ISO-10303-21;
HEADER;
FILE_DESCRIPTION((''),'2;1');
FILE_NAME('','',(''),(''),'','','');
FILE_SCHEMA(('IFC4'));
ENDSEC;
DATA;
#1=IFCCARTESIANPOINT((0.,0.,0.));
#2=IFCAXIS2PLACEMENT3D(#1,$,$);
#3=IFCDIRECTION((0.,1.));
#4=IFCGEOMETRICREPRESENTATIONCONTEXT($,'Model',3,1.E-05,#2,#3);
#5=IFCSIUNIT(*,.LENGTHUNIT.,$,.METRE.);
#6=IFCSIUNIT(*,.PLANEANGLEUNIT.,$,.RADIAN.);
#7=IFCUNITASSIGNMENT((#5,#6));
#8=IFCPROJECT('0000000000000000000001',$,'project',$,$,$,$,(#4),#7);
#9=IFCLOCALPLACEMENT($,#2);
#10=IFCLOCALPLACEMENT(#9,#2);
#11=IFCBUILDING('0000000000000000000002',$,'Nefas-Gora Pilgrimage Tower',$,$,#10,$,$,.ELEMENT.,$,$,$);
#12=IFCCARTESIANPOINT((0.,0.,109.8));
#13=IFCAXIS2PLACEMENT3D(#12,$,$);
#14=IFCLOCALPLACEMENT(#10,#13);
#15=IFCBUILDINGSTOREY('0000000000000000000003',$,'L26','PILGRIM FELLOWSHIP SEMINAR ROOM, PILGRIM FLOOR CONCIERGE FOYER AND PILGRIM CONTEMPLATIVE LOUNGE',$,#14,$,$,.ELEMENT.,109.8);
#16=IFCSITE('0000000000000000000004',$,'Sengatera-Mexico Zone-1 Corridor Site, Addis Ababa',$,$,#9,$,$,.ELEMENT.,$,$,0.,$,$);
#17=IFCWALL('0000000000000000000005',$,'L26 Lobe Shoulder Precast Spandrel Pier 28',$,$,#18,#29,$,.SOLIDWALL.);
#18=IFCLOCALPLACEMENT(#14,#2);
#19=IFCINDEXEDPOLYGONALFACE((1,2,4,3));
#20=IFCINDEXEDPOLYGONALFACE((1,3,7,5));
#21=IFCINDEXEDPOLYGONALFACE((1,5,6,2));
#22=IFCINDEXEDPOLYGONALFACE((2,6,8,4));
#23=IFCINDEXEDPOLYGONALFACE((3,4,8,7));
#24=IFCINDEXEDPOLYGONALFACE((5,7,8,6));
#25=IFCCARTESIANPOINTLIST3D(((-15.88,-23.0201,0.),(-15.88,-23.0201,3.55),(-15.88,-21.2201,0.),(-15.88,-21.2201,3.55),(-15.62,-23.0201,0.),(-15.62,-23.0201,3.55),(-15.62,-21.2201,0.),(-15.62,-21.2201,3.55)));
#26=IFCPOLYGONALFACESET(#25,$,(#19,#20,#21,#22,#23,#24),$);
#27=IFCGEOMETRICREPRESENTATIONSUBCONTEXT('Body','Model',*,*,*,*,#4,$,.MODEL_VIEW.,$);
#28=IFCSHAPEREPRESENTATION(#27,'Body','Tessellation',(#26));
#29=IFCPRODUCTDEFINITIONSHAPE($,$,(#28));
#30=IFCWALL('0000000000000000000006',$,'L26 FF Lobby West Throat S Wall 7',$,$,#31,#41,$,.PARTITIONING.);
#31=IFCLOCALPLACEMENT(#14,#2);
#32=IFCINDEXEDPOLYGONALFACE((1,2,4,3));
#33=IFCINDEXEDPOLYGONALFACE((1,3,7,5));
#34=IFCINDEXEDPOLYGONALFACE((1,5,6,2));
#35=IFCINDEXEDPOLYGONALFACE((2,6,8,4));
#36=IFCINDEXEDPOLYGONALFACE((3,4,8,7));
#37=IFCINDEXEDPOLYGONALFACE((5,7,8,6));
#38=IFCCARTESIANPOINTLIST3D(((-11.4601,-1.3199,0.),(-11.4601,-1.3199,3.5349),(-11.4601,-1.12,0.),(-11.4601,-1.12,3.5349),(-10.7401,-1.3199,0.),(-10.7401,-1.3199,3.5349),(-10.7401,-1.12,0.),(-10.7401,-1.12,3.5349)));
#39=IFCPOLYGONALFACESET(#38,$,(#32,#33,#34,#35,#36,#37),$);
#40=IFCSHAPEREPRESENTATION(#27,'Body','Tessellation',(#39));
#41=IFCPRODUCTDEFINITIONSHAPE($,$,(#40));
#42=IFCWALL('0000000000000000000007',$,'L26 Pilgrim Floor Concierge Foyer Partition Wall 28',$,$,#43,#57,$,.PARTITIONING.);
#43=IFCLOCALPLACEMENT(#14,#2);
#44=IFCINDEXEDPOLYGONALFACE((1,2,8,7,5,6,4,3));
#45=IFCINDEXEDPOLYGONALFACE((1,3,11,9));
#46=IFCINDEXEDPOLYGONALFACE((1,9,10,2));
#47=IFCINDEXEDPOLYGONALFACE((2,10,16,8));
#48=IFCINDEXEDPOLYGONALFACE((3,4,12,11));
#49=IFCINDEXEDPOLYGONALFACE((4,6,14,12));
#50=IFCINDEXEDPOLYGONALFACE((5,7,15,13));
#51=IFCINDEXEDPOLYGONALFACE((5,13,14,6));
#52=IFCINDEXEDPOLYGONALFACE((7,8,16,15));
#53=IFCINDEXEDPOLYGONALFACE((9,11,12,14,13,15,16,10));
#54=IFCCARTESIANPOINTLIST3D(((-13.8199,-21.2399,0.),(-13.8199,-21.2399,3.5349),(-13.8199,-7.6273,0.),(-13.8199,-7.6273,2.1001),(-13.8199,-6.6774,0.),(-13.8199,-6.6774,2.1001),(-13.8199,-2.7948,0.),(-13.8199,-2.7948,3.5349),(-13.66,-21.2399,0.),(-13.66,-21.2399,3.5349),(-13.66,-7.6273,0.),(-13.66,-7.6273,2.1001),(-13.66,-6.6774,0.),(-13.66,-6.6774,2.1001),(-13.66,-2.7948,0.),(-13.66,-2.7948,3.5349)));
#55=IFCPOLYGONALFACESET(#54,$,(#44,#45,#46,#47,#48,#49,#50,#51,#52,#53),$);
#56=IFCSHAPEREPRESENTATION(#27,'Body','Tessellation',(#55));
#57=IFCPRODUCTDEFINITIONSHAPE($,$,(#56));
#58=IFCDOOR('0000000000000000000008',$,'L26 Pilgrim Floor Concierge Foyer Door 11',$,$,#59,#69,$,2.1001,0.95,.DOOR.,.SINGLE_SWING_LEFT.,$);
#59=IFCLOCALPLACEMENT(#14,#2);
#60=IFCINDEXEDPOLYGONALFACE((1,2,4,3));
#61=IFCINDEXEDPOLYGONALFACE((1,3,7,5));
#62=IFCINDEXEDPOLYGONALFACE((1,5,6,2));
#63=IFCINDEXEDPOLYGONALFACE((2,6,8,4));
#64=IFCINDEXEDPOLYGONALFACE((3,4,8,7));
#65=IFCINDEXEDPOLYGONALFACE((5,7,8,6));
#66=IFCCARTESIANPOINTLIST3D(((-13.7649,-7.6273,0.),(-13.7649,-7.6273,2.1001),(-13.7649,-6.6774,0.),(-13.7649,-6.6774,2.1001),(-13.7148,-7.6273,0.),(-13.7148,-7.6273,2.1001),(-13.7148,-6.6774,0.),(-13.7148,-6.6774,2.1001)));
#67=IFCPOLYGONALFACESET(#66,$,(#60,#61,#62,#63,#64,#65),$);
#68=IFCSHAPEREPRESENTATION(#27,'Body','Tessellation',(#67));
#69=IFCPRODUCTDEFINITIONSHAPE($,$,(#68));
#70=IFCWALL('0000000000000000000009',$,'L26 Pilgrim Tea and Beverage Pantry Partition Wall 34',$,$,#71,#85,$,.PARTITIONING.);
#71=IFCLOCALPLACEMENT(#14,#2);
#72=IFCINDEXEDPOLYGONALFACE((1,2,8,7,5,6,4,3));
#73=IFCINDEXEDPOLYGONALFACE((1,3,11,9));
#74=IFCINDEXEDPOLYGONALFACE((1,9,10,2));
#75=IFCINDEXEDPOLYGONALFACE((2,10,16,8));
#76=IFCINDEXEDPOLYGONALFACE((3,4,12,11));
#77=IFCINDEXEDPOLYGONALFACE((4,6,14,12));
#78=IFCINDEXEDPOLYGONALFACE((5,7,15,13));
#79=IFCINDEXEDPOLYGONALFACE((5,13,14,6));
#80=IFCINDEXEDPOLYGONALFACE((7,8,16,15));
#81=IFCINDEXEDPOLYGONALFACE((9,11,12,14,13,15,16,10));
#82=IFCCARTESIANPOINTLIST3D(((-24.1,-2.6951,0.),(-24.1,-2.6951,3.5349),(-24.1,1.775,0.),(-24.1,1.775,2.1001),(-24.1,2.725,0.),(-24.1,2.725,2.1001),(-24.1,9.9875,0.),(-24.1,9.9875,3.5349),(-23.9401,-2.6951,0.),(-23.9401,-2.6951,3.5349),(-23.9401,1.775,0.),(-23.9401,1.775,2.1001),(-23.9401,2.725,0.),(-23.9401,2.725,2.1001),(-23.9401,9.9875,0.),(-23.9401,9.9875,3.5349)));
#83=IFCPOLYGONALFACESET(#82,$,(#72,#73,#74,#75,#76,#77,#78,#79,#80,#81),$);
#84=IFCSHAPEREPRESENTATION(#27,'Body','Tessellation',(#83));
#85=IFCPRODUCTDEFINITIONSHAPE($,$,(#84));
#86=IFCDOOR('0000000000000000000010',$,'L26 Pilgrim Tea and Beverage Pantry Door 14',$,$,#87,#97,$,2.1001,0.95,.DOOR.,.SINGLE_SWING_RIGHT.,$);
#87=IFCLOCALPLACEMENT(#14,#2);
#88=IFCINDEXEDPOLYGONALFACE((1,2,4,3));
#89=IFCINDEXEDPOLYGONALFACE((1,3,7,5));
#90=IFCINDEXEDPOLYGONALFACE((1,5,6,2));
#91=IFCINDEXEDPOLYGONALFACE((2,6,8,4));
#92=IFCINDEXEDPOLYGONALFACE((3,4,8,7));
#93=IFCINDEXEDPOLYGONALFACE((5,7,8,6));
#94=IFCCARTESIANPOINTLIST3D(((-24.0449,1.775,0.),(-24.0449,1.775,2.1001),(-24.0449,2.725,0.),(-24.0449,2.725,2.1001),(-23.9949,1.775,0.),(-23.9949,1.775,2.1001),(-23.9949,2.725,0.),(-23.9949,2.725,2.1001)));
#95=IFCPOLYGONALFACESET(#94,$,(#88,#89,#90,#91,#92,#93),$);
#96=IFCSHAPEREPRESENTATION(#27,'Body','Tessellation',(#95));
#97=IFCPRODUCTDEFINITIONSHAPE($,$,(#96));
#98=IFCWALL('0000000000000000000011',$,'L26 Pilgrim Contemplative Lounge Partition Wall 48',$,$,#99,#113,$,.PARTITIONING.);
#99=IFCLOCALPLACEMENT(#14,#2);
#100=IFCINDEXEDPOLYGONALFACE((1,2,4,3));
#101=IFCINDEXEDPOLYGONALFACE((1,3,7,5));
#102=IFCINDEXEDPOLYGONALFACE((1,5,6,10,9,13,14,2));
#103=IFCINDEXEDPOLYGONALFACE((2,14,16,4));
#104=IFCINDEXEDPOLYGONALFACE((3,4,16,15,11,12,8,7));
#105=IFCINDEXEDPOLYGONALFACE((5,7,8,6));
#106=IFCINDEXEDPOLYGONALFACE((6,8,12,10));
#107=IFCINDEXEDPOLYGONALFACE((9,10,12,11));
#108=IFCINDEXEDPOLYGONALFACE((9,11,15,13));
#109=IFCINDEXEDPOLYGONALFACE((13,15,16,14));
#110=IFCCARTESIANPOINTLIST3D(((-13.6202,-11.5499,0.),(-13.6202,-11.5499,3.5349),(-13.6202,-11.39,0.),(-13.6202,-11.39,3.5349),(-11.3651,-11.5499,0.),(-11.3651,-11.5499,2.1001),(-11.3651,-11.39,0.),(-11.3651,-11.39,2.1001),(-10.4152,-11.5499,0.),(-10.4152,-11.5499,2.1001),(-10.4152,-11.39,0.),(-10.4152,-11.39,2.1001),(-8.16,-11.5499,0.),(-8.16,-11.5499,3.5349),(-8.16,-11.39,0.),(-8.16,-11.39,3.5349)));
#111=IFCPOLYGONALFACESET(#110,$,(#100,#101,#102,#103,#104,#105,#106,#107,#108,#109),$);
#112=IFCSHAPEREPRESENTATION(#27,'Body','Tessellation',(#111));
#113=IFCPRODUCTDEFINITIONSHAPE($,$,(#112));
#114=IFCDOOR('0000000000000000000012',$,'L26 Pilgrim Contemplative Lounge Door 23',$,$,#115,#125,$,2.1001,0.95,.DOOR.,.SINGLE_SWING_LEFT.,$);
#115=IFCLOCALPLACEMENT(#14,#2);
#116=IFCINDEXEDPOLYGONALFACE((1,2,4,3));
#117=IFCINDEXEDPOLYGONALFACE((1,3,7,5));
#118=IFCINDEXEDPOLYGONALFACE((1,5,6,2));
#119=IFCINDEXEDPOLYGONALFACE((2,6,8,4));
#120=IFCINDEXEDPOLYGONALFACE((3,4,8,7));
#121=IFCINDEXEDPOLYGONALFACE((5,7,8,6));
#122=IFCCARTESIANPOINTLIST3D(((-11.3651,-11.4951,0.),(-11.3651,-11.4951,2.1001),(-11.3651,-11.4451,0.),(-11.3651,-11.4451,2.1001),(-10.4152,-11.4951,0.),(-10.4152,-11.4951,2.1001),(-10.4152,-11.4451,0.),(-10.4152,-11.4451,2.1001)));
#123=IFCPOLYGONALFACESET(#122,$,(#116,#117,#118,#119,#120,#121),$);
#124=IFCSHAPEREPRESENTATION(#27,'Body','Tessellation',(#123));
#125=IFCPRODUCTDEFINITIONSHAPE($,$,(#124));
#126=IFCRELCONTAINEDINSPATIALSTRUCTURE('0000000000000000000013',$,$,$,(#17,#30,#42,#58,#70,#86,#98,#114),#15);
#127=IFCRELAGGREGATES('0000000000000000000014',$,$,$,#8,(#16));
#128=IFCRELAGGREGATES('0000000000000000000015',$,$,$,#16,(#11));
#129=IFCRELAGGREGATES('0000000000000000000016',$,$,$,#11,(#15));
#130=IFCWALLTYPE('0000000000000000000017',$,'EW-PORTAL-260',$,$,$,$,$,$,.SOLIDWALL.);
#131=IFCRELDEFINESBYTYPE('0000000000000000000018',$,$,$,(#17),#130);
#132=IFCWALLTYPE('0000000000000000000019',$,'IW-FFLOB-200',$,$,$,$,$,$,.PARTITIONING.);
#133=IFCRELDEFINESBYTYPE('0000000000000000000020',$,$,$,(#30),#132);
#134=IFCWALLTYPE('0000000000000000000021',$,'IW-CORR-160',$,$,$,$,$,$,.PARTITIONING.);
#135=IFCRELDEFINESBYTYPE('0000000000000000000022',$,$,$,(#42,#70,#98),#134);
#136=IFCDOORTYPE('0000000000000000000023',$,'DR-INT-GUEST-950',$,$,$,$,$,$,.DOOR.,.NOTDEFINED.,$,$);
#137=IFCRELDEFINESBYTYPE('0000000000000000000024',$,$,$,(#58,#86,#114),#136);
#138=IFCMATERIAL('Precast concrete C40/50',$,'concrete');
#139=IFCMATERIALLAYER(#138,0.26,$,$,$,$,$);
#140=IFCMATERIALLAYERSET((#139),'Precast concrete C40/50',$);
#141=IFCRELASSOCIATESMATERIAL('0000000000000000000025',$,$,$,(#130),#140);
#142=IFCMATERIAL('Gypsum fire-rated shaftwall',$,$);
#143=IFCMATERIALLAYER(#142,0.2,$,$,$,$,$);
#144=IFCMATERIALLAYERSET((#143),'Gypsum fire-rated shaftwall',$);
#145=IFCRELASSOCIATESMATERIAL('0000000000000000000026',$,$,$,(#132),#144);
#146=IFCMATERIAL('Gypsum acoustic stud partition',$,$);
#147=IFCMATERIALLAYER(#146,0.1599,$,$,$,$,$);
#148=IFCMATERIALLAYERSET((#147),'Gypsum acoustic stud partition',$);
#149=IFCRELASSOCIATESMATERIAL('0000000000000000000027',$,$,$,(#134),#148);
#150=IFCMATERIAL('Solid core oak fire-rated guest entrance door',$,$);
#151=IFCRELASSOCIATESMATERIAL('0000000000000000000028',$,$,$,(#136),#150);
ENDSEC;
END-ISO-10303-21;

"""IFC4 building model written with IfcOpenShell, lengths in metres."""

from ifc_helpers import new_model, si_unit, direction, frame, frame_2d, origin, place, context, subcontext, project, spatial, rectangle, extrude, source, transform, mapped, material, layer, layer_set, type_object, element, fill, save


model = new_model("IFC4")

# Units and contexts
model_context = context("Model", 3, precision=1e-05, world=origin(), true_north=direction((0.0, 1.0)))
body_context = subcontext(model_context, "Body", "Model", "MODEL_VIEW")
ifc_project = project(units=[si_unit("LENGTHUNIT", "METRE"), si_unit("PLANEANGLEUNIT", "RADIAN")], contexts=[model_context])

# Site, building, storey
site_placement = place(None, origin())
site = spatial("IfcSite", under=ifc_project, at=site_placement, Name="Sengatera-Mexico Zone-1 Corridor Site, Addis Ababa", CompositionType="ELEMENT", RefElevation=0.0)
building_placement = place(site_placement, origin())
building = spatial("IfcBuilding", under=site, at=building_placement, Name="Nefas-Gora Pilgrimage Tower", CompositionType="ELEMENT")
storey_placement = place(building_placement, frame((0.0, 0.0, 109.8)))
storey = spatial("IfcBuildingStorey", under=building, at=storey_placement, Name="L26", Description="PILGRIM FELLOWSHIP SEMINAR ROOM, PILGRIM FLOOR CONCIERGE FOYER AND PILGRIM CONTEMPLATIVE LOUNGE", CompositionType="ELEMENT", Elevation=109.8)

# Wall
ifc_material_1 = material(Name="Precast concrete C40/50", Category="concrete")
ifc_layer_1 = layer(ifc_material_1, 0.26)
ifc_layer_set_1 = layer_set([ifc_layer_1], Name="Precast concrete C40/50")
wall_type_1 = type_object("IfcWallType", Name="EW-PORTAL-260", PredefinedType="SOLIDWALL", material=ifc_layer_set_1)
shared_shape_1 = source(origin(), body_context, "Body", "SweptSolid", [
    extrude(rectangle(XDim=1.8, YDim=0.26, at=frame_2d((0.8999, 0.0))), origin(), (0.0, 0.0, 1.0), 3.55),
])
wall_1_placement = place(storey_placement, frame((-15.75, -23.02, 0.0), z_axis=(0.0, 0.0, 1.0), x_axis=(0.0, 1.0, 0.0)))
element("IfcWall", 1, at=wall_1_placement, inside=storey, type_object=wall_type_1, Name="L26 Lobe Shoulder Precast Spandrel Pier 28", PredefinedType="SOLIDWALL", context=body_context, shape_type="MappedRepresentation", body=[
    mapped(shared_shape_1, transform((0.0, 0.0, 0.0), x_axis=(1.0, 0.0, 0.0), y_axis=(0.0, 1.0, 0.0), z_axis=(0.0, 0.0, 1.0), scale=1.0)),
])

# Shared definitions
ifc_material_2 = material(Name="Gypsum fire-rated shaftwall")
ifc_layer_2 = layer(ifc_material_2, 0.2)
ifc_layer_set_2 = layer_set([ifc_layer_2], Name="Gypsum fire-rated shaftwall")
wall_type_2 = type_object("IfcWallType", Name="IW-FFLOB-200", PredefinedType="PARTITIONING", material=ifc_layer_set_2)

# Wall
shared_shape_2 = source(origin(), body_context, "Body", "SweptSolid", [
    extrude(rectangle(XDim=0.72, YDim=0.2, at=frame_2d((0.3599, 0.0))), origin(), (0.0, 0.0, 1.0), 3.5349),
])
wall_2_placement = place(storey_placement, frame((-11.46, -1.22, 0.0), z_axis=(0.0, 0.0, 1.0), x_axis=(1.0, 0.0, 0.0)))
element("IfcWall", 2, at=wall_2_placement, inside=storey, type_object=wall_type_2, Name="L26 FF Lobby West Throat S Wall 7", PredefinedType="PARTITIONING", context=body_context, shape_type="MappedRepresentation", body=[
    mapped(shared_shape_2, transform((0.0, 0.0, 0.0), x_axis=(1.0, 0.0, 0.0), y_axis=(0.0, 1.0, 0.0), z_axis=(0.0, 0.0, 1.0), scale=1.0)),
])

# Walls, openings, doors
ifc_material_3 = material(Name="Gypsum acoustic stud partition")
ifc_layer_3 = layer(ifc_material_3, 0.1599)
ifc_layer_set_3 = layer_set([ifc_layer_3], Name="Gypsum acoustic stud partition")
wall_type_3 = type_object("IfcWallType", Name="IW-CORR-160", PredefinedType="PARTITIONING", material=ifc_layer_set_3)
shared_shape_3 = source(origin(), body_context, "Body", "SweptSolid", [
    extrude(rectangle(XDim=18.4451, YDim=0.1599, at=frame_2d((9.2227, 0.0))), origin(), (0.0, 0.0, 1.0), 3.5349),
])
wall_3_placement = place(storey_placement, frame((-13.74, -21.24, 0.0), z_axis=(0.0, 0.0, 1.0), x_axis=(0.0, 1.0, 0.0)))
wall_3 = element("IfcWall", 3, at=wall_3_placement, inside=storey, type_object=wall_type_3, Name="L26 Pilgrim Floor Concierge Foyer Partition Wall 28", PredefinedType="PARTITIONING", context=body_context, shape_type="MappedRepresentation", body=[
    mapped(shared_shape_3, transform((0.0, 0.0, 0.0), x_axis=(1.0, 0.0, 0.0), y_axis=(0.0, 1.0, 0.0), z_axis=(0.0, 0.0, 1.0), scale=1.0)),
])
opening_1_placement = place(wall_3_placement, frame((13.6125, 0.0, 0.0)))
opening_1 = element("IfcOpeningElement", 4, at=opening_1_placement, cuts=wall_3, PredefinedType="OPENING", context=body_context, shape_type="SweptSolid", body=[
    extrude(rectangle(XDim=0.95, YDim=2.1001, at=frame_2d((0.4751, 1.05))), frame((0.0, 0.0898, 0.0), z_axis=(0.0, -1.0, 0.0), x_axis=(1.0, 0.0, 0.0)), (0.0, 0.0, 1.0), 0.1799),
])
ifc_material_4 = material(Name="Solid core oak fire-rated guest entrance door")
door_type_1 = type_object("IfcDoorType", Name="DR-INT-GUEST-950", OperationType="NOTDEFINED", PredefinedType="DOOR", material=ifc_material_4)
shared_shape_4 = source(origin(), body_context, "Body", "SweptSolid", [
    extrude(rectangle(XDim=0.95, YDim=2.1001, at=frame_2d((0.4751, 1.05))), frame((0.0, 0.0249, 0.0), z_axis=(0.0, -1.0, 0.0), x_axis=(1.0, 0.0, 0.0)), (0.0, 0.0, 1.0), 0.05),
])
door_1_placement = place(opening_1_placement, origin())
door_1 = element("IfcDoor", 5, at=door_1_placement, inside=storey, type_object=door_type_1, Name="L26 Pilgrim Floor Concierge Foyer Door 11", OperationType="SINGLE_SWING_LEFT", OverallHeight=2.1001, OverallWidth=0.95, PredefinedType="DOOR", context=body_context, shape_type="MappedRepresentation", body=[
    mapped(shared_shape_4, transform((0.0, 0.0, 0.0), x_axis=(1.0, 0.0, 0.0), y_axis=(0.0, 1.0, 0.0), z_axis=(0.0, 0.0, 1.0), scale=1.0)),
])
fill(opening_1, door_1)
shared_shape_5 = source(origin(), body_context, "Body", "SweptSolid", [
    extrude(rectangle(XDim=12.6826, YDim=0.1599, at=frame_2d((6.3413, 0.0))), origin(), (0.0, 0.0, 1.0), 3.5349),
])
wall_4_placement = place(storey_placement, frame((-24.02, -2.6951, 0.0), z_axis=(0.0, 0.0, 1.0), x_axis=(0.0, 1.0, 0.0)))
wall_4 = element("IfcWall", 6, at=wall_4_placement, inside=storey, type_object=wall_type_3, Name="L26 Pilgrim Tea and Beverage Pantry Partition Wall 34", PredefinedType="PARTITIONING", context=body_context, shape_type="MappedRepresentation", body=[
    mapped(shared_shape_5, transform((0.0, 0.0, 0.0), x_axis=(1.0, 0.0, 0.0), y_axis=(0.0, 1.0, 0.0), z_axis=(0.0, 0.0, 1.0), scale=1.0)),
])
opening_2_placement = place(wall_4_placement, frame((4.47, 0.0, 0.0)))
opening_2 = element("IfcOpeningElement", 7, at=opening_2_placement, cuts=wall_4, PredefinedType="OPENING", context=body_context, shape_type="SweptSolid", body=[
    extrude(rectangle(XDim=0.95, YDim=2.1001, at=frame_2d((0.4751, 1.05))), frame((0.0, 0.0898, 0.0), z_axis=(0.0, -1.0, 0.0), x_axis=(1.0, 0.0, 0.0)), (0.0, 0.0, 1.0), 0.1799),
])
door_2_placement = place(opening_2_placement, origin())
door_2 = element("IfcDoor", 8, at=door_2_placement, inside=storey, type_object=door_type_1, Name="L26 Pilgrim Tea and Beverage Pantry Door 14", OperationType="SINGLE_SWING_RIGHT", OverallHeight=2.1001, OverallWidth=0.95, PredefinedType="DOOR", context=body_context, shape_type="MappedRepresentation", body=[
    mapped(shared_shape_4, transform((0.0, 0.0, 0.0), x_axis=(1.0, 0.0, 0.0), y_axis=(0.0, 1.0, 0.0), z_axis=(0.0, 0.0, 1.0), scale=1.0)),
])
fill(opening_2, door_2)
shared_shape_6 = source(origin(), body_context, "Body", "SweptSolid", [
    extrude(rectangle(XDim=5.4602, YDim=0.1599, at=frame_2d((2.73, 0.0))), origin(), (0.0, 0.0, 1.0), 3.5349),
])
wall_5_placement = place(storey_placement, frame((-13.6201, -11.47, 0.0), z_axis=(0.0, 0.0, 1.0), x_axis=(1.0, 0.0, 0.0)))
wall_5 = element("IfcWall", 9, at=wall_5_placement, inside=storey, type_object=wall_type_3, Name="L26 Pilgrim Contemplative Lounge Partition Wall 48", PredefinedType="PARTITIONING", context=body_context, shape_type="MappedRepresentation", body=[
    mapped(shared_shape_6, transform((0.0, 0.0, 0.0), x_axis=(1.0, 0.0, 0.0), y_axis=(0.0, 1.0, 0.0), z_axis=(0.0, 0.0, 1.0), scale=1.0)),
])
opening_3_placement = place(wall_5_placement, frame((2.2549, 0.0, 0.0)))
opening_3 = element("IfcOpeningElement", 10, at=opening_3_placement, cuts=wall_5, PredefinedType="OPENING", context=body_context, shape_type="SweptSolid", body=[
    extrude(rectangle(XDim=0.95, YDim=2.1001, at=frame_2d((0.4751, 1.05))), frame((0.0, 0.0898, 0.0), z_axis=(0.0, -1.0, 0.0), x_axis=(1.0, 0.0, 0.0)), (0.0, 0.0, 1.0), 0.1799),
])
door_3_placement = place(opening_3_placement, origin())
door_3 = element("IfcDoor", 11, at=door_3_placement, inside=storey, type_object=door_type_1, Name="L26 Pilgrim Contemplative Lounge Door 23", OperationType="SINGLE_SWING_LEFT", OverallHeight=2.1001, OverallWidth=0.95, PredefinedType="DOOR", context=body_context, shape_type="MappedRepresentation", body=[
    mapped(shared_shape_4, transform((0.0, 0.0, 0.0), x_axis=(1.0, 0.0, 0.0), y_axis=(0.0, 1.0, 0.0), z_axis=(0.0, 0.0, 1.0), scale=1.0)),
])
fill(opening_3, door_3)

save(model, "model.ifc")
